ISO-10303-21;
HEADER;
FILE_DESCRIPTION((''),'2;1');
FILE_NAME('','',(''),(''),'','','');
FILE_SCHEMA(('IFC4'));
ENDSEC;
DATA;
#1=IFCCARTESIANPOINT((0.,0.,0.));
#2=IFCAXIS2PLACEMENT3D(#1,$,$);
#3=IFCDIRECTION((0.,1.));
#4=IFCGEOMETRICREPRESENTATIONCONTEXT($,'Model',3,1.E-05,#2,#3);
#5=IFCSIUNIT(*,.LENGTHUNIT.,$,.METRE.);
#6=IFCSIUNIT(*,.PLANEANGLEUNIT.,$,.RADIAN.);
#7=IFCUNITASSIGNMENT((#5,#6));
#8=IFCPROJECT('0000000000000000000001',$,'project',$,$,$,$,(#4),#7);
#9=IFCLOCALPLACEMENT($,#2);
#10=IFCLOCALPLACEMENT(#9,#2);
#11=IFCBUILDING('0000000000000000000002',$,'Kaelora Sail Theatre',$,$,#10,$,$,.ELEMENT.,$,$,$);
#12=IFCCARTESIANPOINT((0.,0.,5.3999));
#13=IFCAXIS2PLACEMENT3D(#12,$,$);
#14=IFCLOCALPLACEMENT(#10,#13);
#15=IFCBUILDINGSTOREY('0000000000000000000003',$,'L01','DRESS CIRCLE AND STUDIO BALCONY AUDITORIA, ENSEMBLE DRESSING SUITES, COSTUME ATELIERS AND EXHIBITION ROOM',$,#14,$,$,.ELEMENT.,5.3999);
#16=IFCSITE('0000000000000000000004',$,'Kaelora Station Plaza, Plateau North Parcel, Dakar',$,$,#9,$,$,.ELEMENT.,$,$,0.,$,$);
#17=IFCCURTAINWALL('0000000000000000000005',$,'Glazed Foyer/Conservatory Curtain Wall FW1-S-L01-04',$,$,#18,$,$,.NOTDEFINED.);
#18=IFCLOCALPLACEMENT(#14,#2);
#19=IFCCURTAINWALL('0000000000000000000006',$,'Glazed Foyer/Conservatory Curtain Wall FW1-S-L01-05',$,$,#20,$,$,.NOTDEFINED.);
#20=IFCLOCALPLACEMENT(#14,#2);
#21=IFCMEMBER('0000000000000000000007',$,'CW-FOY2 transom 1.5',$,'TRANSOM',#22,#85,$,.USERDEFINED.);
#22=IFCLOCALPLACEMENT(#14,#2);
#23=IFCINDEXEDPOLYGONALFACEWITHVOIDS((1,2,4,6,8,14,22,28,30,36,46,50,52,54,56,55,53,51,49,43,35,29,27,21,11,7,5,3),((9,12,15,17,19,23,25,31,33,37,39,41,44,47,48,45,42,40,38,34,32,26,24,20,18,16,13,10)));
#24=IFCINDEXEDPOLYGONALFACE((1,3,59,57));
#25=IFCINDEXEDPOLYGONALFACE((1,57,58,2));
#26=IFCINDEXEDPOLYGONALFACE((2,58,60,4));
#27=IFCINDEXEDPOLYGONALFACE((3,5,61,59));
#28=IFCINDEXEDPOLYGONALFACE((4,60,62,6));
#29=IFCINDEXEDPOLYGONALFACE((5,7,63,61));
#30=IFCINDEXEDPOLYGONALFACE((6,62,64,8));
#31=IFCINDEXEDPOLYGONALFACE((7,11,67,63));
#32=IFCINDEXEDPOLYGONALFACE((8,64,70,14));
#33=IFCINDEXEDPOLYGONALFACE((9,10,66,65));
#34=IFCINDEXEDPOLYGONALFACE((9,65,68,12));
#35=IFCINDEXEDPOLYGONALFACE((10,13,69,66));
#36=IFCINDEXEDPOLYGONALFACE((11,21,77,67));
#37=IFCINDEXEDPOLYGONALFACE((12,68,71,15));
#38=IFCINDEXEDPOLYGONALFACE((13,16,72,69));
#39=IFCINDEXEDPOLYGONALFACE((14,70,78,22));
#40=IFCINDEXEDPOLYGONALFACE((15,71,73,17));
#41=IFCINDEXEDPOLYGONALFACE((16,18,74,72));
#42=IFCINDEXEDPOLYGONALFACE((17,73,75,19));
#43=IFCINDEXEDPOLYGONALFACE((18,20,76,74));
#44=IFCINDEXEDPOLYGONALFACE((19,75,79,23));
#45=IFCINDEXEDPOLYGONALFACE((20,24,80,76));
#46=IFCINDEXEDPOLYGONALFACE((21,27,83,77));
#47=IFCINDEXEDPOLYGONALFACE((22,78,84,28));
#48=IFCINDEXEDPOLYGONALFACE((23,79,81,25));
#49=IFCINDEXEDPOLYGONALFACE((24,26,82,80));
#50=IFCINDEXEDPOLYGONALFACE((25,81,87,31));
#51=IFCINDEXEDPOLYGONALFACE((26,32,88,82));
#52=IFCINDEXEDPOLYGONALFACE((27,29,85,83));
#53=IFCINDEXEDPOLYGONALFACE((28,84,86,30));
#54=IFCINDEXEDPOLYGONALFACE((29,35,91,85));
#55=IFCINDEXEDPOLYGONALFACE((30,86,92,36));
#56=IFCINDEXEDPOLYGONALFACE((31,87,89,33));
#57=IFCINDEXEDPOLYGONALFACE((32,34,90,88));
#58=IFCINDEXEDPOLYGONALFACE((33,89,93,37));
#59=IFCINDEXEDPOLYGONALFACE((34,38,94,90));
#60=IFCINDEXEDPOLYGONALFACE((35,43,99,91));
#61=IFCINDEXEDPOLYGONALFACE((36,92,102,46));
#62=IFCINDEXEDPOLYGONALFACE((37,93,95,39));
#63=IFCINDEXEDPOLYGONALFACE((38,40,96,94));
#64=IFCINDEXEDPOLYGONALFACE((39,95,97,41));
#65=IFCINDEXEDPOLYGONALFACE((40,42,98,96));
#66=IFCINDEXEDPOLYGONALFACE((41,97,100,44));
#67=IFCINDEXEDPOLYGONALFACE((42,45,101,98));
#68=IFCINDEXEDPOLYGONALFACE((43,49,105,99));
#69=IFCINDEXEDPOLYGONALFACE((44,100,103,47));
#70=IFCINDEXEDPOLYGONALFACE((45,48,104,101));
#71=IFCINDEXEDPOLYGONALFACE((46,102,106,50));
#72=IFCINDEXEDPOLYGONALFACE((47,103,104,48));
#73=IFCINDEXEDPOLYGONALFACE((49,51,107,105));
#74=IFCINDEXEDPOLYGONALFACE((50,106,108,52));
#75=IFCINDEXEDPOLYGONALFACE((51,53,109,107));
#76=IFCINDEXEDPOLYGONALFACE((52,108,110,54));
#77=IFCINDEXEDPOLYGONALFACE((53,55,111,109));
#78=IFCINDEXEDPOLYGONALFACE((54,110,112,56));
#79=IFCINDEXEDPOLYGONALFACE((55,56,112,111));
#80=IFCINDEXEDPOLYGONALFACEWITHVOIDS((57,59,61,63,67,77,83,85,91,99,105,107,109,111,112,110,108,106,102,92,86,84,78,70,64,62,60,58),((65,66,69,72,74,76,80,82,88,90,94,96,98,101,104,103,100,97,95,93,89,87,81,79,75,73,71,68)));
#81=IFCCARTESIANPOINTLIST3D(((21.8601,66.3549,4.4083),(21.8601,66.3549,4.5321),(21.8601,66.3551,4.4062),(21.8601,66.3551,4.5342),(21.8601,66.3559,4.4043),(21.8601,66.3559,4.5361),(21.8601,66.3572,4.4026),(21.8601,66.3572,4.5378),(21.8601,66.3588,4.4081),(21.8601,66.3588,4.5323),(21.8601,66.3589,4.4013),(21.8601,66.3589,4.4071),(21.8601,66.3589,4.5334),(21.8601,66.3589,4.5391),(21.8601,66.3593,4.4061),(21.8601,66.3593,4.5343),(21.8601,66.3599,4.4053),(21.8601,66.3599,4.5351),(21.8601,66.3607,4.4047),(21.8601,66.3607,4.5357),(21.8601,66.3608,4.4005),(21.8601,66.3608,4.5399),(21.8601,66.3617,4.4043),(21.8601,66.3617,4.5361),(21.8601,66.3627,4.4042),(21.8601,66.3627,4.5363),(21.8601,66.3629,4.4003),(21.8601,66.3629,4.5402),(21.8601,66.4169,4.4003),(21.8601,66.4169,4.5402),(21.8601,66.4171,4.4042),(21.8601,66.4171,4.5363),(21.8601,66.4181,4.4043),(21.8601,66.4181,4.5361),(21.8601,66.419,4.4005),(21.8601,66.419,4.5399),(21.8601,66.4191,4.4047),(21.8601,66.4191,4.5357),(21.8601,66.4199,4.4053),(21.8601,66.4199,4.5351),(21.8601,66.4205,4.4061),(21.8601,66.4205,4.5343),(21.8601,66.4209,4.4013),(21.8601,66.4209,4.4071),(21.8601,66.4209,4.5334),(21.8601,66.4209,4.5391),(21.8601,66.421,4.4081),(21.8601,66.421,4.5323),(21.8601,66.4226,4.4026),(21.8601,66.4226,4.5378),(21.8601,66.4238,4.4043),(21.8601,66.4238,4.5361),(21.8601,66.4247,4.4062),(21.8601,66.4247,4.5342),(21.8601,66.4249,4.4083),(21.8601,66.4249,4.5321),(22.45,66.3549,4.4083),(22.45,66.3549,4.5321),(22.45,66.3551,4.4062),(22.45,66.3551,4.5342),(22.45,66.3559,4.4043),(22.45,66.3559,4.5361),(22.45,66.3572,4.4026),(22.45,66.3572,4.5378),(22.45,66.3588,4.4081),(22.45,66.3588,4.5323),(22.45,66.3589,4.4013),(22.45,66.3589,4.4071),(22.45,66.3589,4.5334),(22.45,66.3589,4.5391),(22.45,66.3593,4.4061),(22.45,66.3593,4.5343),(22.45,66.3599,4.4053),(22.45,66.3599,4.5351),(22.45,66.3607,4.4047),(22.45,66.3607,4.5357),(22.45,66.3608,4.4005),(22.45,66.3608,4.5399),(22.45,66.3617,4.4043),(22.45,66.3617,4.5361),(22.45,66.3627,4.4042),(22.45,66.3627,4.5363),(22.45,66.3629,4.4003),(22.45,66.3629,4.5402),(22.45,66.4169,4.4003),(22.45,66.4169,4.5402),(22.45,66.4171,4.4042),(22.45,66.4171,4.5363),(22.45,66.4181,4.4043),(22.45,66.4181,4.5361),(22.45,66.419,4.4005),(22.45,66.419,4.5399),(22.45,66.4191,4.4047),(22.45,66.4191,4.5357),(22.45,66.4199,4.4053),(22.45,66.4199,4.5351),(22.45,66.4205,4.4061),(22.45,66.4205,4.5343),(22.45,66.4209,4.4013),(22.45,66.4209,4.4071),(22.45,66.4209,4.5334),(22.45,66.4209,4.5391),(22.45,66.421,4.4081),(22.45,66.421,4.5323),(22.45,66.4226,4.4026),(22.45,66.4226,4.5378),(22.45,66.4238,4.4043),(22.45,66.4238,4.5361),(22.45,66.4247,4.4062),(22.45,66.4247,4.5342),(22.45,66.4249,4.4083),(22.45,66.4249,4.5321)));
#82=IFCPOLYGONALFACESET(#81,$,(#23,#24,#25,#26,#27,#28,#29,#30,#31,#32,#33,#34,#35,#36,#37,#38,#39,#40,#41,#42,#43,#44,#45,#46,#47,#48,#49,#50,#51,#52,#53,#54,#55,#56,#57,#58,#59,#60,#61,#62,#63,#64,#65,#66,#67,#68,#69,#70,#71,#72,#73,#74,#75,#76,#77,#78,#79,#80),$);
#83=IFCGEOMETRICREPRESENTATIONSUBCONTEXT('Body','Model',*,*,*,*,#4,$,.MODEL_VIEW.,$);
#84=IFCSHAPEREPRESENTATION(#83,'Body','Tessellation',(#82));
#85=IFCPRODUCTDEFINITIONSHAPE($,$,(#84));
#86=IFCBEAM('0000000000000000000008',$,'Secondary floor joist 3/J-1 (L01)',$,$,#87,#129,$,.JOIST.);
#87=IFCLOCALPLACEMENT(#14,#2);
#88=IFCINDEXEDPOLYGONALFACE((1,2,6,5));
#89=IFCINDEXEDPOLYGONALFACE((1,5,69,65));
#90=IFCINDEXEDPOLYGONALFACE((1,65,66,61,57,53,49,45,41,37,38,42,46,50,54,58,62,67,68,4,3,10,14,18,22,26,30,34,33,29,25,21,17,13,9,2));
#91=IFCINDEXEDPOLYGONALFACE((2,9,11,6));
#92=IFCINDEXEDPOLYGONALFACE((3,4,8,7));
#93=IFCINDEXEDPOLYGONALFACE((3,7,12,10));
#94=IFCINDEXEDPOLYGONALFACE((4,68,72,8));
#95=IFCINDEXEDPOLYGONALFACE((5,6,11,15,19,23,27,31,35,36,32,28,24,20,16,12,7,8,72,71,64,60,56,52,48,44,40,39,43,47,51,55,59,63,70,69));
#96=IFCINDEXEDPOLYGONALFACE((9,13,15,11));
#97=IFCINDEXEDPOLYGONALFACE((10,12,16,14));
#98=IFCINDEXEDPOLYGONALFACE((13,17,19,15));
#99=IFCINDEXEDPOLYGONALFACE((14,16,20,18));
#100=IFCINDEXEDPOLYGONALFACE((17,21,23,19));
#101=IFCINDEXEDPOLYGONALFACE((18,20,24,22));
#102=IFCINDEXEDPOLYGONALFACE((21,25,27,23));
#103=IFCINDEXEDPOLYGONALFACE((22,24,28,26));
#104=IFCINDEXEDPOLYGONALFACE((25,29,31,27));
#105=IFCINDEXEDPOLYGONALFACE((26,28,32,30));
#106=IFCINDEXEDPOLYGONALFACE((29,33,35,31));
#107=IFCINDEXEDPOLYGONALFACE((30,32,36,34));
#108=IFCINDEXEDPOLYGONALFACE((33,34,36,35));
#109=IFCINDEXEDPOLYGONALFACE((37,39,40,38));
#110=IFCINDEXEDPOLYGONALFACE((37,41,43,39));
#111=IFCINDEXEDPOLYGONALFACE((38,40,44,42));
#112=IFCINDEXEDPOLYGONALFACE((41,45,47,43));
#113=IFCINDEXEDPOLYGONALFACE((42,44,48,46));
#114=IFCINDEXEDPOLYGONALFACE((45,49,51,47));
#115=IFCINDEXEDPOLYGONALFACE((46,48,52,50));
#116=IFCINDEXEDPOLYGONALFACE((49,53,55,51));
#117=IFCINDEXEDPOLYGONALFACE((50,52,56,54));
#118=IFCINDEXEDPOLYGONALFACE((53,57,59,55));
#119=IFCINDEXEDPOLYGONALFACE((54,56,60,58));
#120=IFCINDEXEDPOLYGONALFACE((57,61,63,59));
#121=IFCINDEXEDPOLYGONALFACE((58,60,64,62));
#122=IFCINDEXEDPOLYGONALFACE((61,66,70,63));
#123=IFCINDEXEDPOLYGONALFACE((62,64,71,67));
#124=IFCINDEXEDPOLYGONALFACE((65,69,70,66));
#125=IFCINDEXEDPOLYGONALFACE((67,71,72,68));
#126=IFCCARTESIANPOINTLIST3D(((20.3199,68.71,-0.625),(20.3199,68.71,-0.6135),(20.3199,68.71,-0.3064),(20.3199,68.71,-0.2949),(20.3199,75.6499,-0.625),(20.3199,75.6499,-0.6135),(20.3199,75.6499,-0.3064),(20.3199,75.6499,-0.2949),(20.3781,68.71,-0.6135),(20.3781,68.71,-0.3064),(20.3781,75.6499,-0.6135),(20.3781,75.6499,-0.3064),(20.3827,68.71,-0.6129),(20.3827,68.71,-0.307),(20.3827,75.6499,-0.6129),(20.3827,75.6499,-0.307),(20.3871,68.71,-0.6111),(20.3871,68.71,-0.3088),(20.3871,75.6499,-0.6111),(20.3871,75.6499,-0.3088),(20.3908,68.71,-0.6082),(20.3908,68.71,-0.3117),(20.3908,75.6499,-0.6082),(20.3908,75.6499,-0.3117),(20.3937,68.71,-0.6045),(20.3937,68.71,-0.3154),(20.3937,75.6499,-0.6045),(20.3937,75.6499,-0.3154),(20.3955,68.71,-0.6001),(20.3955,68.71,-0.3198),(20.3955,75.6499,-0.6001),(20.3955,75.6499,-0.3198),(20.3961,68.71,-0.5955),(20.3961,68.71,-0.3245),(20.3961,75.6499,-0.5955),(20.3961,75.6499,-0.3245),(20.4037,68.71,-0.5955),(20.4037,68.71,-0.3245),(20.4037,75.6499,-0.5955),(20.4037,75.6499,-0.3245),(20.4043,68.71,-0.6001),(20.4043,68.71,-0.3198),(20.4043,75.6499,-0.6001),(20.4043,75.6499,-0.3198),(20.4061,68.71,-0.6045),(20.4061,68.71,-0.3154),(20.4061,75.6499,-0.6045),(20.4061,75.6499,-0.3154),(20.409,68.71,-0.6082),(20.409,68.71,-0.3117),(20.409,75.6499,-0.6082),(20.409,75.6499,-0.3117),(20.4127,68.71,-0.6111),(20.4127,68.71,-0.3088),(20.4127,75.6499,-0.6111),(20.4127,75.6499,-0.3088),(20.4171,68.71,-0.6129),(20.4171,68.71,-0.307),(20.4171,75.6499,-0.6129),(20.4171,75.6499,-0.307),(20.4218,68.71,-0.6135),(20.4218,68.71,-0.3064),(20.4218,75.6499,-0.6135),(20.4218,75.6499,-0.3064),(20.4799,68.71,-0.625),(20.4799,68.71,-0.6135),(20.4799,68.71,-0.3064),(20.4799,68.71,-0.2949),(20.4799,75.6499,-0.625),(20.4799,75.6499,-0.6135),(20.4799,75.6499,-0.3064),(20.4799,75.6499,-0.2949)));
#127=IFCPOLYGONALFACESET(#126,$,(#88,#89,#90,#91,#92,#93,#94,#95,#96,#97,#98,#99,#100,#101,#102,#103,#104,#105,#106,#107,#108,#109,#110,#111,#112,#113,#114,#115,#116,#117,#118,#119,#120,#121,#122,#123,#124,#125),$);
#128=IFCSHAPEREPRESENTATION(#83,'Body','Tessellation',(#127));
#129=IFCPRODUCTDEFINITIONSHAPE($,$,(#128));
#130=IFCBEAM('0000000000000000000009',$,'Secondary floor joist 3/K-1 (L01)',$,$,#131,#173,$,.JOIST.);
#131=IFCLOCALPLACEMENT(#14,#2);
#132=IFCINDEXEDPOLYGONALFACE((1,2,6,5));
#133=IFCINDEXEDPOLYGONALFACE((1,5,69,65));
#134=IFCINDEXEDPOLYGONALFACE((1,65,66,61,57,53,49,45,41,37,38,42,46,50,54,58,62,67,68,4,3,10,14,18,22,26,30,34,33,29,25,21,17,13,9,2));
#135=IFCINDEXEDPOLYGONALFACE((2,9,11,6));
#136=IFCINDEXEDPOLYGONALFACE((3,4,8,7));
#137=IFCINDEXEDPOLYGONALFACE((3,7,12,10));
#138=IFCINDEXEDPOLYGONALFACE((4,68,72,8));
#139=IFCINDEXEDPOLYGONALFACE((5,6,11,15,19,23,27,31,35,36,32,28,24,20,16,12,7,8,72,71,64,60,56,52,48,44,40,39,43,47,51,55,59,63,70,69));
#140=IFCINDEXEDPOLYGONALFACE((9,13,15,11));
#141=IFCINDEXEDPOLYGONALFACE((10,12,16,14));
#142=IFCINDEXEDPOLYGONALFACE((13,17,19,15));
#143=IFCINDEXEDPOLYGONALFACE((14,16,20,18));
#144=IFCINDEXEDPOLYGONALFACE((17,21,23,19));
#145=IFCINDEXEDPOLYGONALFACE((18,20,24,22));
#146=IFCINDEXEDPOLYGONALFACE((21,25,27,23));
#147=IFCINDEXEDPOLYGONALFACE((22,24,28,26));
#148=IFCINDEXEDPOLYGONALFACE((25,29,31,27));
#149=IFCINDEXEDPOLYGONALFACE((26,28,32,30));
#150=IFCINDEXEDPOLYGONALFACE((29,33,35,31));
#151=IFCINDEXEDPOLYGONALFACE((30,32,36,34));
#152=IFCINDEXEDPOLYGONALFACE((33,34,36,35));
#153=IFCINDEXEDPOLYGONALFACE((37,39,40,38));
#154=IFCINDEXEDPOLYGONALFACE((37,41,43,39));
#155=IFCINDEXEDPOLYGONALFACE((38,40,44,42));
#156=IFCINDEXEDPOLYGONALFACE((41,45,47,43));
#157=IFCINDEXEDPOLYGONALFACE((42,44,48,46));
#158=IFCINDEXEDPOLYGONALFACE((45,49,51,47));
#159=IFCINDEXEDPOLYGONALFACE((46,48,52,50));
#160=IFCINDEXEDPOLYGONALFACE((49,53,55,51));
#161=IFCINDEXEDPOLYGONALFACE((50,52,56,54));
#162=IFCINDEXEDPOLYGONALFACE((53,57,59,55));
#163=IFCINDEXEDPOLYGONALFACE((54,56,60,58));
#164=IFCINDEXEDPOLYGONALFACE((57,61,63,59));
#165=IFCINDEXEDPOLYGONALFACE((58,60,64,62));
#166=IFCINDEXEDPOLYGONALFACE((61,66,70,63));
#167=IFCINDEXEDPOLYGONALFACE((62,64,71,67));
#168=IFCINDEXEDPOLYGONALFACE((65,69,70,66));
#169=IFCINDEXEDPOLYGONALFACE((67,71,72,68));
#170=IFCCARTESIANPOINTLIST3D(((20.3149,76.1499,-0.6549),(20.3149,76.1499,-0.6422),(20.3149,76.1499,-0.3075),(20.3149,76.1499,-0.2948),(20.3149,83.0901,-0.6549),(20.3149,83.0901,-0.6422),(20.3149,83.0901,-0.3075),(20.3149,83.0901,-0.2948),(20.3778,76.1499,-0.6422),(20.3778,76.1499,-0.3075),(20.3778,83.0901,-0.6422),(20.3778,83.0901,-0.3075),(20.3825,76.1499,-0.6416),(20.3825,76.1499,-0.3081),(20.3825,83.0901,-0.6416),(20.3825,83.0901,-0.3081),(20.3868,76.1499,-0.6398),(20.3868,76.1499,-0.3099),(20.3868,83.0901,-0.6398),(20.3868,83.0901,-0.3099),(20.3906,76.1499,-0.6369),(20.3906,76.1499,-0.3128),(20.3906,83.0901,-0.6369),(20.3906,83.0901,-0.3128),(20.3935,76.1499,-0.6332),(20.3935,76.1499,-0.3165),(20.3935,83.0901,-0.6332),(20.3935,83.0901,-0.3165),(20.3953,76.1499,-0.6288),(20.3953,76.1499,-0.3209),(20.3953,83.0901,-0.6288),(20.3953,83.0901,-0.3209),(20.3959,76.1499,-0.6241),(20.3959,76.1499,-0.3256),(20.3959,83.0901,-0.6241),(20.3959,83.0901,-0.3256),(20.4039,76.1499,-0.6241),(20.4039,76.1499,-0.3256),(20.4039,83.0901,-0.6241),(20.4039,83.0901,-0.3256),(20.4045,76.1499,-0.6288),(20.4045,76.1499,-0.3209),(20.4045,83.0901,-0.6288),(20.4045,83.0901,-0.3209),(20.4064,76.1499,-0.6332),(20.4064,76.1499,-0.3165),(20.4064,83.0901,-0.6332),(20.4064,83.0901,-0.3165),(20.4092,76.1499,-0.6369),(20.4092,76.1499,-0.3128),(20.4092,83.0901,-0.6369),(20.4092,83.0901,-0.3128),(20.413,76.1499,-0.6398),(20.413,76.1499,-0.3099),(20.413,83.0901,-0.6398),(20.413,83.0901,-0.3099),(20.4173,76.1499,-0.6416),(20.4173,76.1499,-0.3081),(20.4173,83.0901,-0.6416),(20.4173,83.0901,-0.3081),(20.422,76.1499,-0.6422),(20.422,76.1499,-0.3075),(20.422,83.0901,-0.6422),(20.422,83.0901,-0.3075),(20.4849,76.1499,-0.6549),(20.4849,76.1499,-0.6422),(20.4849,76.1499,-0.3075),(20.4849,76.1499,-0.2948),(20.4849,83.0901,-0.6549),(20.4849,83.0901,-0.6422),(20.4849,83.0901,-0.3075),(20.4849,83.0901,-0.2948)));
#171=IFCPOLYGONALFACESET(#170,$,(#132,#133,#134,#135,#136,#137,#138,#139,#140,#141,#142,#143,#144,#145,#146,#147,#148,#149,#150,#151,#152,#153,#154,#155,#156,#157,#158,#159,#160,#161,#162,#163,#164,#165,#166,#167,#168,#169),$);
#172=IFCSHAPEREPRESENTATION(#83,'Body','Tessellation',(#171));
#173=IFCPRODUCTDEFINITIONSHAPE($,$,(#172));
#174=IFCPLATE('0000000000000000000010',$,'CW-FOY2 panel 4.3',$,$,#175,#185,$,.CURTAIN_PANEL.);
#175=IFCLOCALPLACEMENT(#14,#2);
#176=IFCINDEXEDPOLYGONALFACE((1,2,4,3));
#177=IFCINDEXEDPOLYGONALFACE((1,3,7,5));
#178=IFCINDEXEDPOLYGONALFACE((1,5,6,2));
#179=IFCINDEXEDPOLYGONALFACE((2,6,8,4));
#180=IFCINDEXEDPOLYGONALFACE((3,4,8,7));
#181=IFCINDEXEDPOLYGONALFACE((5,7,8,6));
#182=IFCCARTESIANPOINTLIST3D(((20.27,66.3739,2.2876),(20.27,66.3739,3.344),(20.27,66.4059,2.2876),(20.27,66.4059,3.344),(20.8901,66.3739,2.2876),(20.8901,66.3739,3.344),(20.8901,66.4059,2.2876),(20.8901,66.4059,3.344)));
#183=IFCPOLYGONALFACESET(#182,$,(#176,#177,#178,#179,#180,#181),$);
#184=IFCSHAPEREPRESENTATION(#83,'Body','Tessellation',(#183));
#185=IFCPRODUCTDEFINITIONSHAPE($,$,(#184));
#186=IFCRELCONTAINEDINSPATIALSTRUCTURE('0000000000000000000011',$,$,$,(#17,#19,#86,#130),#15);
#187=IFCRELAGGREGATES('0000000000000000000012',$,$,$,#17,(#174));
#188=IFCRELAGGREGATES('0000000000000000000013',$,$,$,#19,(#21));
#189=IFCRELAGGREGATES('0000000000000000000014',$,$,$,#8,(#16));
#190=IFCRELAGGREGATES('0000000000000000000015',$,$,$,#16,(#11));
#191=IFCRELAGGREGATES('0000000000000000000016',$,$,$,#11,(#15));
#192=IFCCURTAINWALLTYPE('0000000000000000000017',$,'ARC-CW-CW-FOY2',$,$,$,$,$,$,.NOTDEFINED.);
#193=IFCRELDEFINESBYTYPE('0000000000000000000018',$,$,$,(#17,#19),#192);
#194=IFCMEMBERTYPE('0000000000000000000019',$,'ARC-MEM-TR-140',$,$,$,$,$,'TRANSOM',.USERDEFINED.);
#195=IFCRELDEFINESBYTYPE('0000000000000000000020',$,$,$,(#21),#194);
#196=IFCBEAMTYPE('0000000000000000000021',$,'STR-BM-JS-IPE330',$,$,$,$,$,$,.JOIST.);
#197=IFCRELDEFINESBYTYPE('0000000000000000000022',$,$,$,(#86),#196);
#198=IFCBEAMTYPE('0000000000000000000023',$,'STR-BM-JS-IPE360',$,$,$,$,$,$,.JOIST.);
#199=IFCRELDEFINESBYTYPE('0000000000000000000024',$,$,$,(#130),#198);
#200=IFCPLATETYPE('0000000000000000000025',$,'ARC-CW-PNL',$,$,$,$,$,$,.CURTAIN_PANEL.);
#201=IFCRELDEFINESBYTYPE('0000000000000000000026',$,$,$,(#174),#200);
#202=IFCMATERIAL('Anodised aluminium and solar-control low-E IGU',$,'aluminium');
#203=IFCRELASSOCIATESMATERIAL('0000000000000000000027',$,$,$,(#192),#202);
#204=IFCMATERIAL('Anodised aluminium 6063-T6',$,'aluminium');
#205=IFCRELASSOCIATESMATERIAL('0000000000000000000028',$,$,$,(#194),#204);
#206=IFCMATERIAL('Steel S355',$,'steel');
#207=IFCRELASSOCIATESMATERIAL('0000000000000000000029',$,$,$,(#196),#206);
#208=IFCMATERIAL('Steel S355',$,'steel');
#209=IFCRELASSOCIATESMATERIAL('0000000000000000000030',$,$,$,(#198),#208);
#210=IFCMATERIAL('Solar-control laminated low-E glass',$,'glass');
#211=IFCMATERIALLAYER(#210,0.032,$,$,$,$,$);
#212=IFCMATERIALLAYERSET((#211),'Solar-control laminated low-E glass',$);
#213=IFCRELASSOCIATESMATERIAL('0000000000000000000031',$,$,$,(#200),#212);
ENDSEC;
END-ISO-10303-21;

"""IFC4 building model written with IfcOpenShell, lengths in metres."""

from ifc_helpers import new_model, si_unit, direction, frame, origin, origin_2d, place, context, subcontext, project, spatial, rectangle, hollow_rectangle, i_section, extrude, material, layer, layer_set, material_profile, profile_set, type_object, element, aggregate, save


model = new_model("IFC4")

# Units and contexts
model_context = context("Model", 3, precision=1e-05, world=origin(), true_north=direction((0.0, 1.0)))
body_context = subcontext(model_context, "Body", "Model", "MODEL_VIEW")
ifc_project = project(units=[si_unit("LENGTHUNIT", "METRE"), si_unit("PLANEANGLEUNIT", "RADIAN")], contexts=[model_context])

# Site, building, storey
site_placement = place(None, origin())
site = spatial("IfcSite", under=ifc_project, at=site_placement, Name="Kaelora Station Plaza, Plateau North Parcel, Dakar", CompositionType="ELEMENT", RefElevation=0.0)
building_placement = place(site_placement, origin())
building = spatial("IfcBuilding", under=site, at=building_placement, Name="Kaelora Sail Theatre", CompositionType="ELEMENT")
storey_placement = place(building_placement, frame((0.0, 0.0, 5.3999)))
storey = spatial("IfcBuildingStorey", under=building, at=storey_placement, Name="L01", Description="DRESS CIRCLE AND STUDIO BALCONY AUDITORIA, ENSEMBLE DRESSING SUITES, COSTUME ATELIERS AND EXHIBITION ROOM", CompositionType="ELEMENT", Elevation=5.3999)

# Curtain wall
ifc_material_1 = material(Name="Anodised aluminium and solar-control low-E IGU", Category="aluminium")
curtain_wall_type = type_object("IfcCurtainWallType", Name="ARC-CW-CW-FOY2", PredefinedType="NOTDEFINED", material=ifc_material_1)
curtain_wall_1_placement = place(storey_placement, origin())
curtain_wall_1 = element("IfcCurtainWall", 1, at=curtain_wall_1_placement, inside=storey, type_object=curtain_wall_type, Name="Glazed Foyer/Conservatory Curtain Wall FW1-S-L01-04", PredefinedType="NOTDEFINED")

# Curtain wall
curtain_wall_2_placement = place(storey_placement, origin())
curtain_wall_2 = element("IfcCurtainWall", 2, at=curtain_wall_2_placement, inside=storey, type_object=curtain_wall_type, Name="Glazed Foyer/Conservatory Curtain Wall FW1-S-L01-05", PredefinedType="NOTDEFINED")

# Member
ifc_material_2 = material(Name="Anodised aluminium 6063-T6", Category="aluminium")
ifc_material_profile_1 = material_profile(ifc_material_2, hollow_rectangle(XDim=0.0701, YDim=0.1399, WallThickness=0.0039, InnerFilletRadius=0.0039, OuterFilletRadius=0.0081, at=origin_2d()), Name="ALU-TRAN 70x140x4")
ifc_profile_set_1 = profile_set([ifc_material_profile_1], Name="Anodised aluminium 6063-T6")
member_type_1 = type_object("IfcMemberType", Name="ARC-MEM-TR-140", ElementType="TRANSOM", PredefinedType="USERDEFINED", material=ifc_profile_set_1)
member_1_placement = place(storey_placement, frame((21.8601, 66.3899, 4.4702), z_axis=(1.0, 0.0, 0.0), x_axis=(0.0, 1.0, 0.0)))
member_1 = element("IfcMember", 3, at=member_1_placement, type_object=member_type_1, Name="CW-FOY2 transom 1.5", ObjectType="TRANSOM", PredefinedType="USERDEFINED", context=body_context, shape_type="SweptSolid", body=[
    extrude(hollow_rectangle(XDim=0.0701, YDim=0.1399, WallThickness=0.0039, InnerFilletRadius=0.0039, OuterFilletRadius=0.0081, at=origin_2d()), origin(), (0.0, 0.0, 1.0), 0.5898),
])

# Beams
ifc_material_3 = material(Name="Steel S355", Category="steel")
ifc_material_profile_2 = material_profile(ifc_material_3, i_section(OverallWidth=0.1599, OverallDepth=0.3301, WebThickness=0.0076, FlangeThickness=0.0115, FilletRadius=0.0181, at=origin_2d()), Name="IPE 330")
ifc_profile_set_2 = profile_set([ifc_material_profile_2], Name="Steel S355")
beam_type_1 = type_object("IfcBeamType", Name="STR-BM-JS-IPE330", PredefinedType="JOIST", material=ifc_profile_set_2)
beam_1_placement = place(storey_placement, frame((20.3999, 68.71, -0.46), z_axis=(0.0, 1.0, 0.0), x_axis=(-1.0, 0.0, 0.0)))
element("IfcBeam", 4, at=beam_1_placement, inside=storey, type_object=beam_type_1, Name="Secondary floor joist 3/J-1 (L01)", PredefinedType="JOIST", context=body_context, shape_type="SweptSolid", body=[
    extrude(i_section(OverallWidth=0.1599, OverallDepth=0.3301, WebThickness=0.0076, FlangeThickness=0.0115, FilletRadius=0.0181, at=origin_2d()), origin(), (0.0, 0.0, 1.0), 6.9399),
])
ifc_material_4 = material(Name="Steel S355", Category="steel")
ifc_material_profile_3 = material_profile(ifc_material_4, i_section(OverallWidth=0.1699, OverallDepth=0.3601, WebThickness=0.0081, FlangeThickness=0.0127, FilletRadius=0.0181, at=origin_2d()), Name="IPE 360")
ifc_profile_set_3 = profile_set([ifc_material_profile_3], Name="Steel S355")
beam_type_2 = type_object("IfcBeamType", Name="STR-BM-JS-IPE360", PredefinedType="JOIST", material=ifc_profile_set_3)
beam_2_placement = place(storey_placement, frame((20.3999, 76.1499, -0.4749), z_axis=(0.0, 1.0, 0.0), x_axis=(-1.0, 0.0, 0.0)))
element("IfcBeam", 5, at=beam_2_placement, inside=storey, type_object=beam_type_2, Name="Secondary floor joist 3/K-1 (L01)", PredefinedType="JOIST", context=body_context, shape_type="SweptSolid", body=[
    extrude(i_section(OverallWidth=0.1699, OverallDepth=0.3601, WebThickness=0.0081, FlangeThickness=0.0127, FilletRadius=0.0181, at=origin_2d()), origin(), (0.0, 0.0, 1.0), 6.9402),
])

# Plate
ifc_material_5 = material(Name="Solar-control laminated low-E glass", Category="glass")
ifc_layer_1 = layer(ifc_material_5, 0.032)
ifc_layer_set_1 = layer_set([ifc_layer_1], Name="Solar-control laminated low-E glass")
plate_type = type_object("IfcPlateType", Name="ARC-CW-PNL", PredefinedType="CURTAIN_PANEL", material=ifc_layer_set_1)
plate_1_placement = place(storey_placement, frame((20.5801, 66.3899, 2.2876), z_axis=(0.0, 0.0, 1.0), x_axis=(1.0, 0.0, 0.0)))
plate_1 = element("IfcPlate", 6, at=plate_1_placement, type_object=plate_type, Name="CW-FOY2 panel 4.3", PredefinedType="CURTAIN_PANEL", context=body_context, shape_type="SweptSolid", body=[
    extrude(rectangle(XDim=0.6201, YDim=0.032, at=origin_2d()), origin(), (0.0, 0.0, 1.0), 1.0564),
])
aggregate(curtain_wall_1, [plate_1])
aggregate(curtain_wall_2, [member_1])

save(model, "model.ifc")
